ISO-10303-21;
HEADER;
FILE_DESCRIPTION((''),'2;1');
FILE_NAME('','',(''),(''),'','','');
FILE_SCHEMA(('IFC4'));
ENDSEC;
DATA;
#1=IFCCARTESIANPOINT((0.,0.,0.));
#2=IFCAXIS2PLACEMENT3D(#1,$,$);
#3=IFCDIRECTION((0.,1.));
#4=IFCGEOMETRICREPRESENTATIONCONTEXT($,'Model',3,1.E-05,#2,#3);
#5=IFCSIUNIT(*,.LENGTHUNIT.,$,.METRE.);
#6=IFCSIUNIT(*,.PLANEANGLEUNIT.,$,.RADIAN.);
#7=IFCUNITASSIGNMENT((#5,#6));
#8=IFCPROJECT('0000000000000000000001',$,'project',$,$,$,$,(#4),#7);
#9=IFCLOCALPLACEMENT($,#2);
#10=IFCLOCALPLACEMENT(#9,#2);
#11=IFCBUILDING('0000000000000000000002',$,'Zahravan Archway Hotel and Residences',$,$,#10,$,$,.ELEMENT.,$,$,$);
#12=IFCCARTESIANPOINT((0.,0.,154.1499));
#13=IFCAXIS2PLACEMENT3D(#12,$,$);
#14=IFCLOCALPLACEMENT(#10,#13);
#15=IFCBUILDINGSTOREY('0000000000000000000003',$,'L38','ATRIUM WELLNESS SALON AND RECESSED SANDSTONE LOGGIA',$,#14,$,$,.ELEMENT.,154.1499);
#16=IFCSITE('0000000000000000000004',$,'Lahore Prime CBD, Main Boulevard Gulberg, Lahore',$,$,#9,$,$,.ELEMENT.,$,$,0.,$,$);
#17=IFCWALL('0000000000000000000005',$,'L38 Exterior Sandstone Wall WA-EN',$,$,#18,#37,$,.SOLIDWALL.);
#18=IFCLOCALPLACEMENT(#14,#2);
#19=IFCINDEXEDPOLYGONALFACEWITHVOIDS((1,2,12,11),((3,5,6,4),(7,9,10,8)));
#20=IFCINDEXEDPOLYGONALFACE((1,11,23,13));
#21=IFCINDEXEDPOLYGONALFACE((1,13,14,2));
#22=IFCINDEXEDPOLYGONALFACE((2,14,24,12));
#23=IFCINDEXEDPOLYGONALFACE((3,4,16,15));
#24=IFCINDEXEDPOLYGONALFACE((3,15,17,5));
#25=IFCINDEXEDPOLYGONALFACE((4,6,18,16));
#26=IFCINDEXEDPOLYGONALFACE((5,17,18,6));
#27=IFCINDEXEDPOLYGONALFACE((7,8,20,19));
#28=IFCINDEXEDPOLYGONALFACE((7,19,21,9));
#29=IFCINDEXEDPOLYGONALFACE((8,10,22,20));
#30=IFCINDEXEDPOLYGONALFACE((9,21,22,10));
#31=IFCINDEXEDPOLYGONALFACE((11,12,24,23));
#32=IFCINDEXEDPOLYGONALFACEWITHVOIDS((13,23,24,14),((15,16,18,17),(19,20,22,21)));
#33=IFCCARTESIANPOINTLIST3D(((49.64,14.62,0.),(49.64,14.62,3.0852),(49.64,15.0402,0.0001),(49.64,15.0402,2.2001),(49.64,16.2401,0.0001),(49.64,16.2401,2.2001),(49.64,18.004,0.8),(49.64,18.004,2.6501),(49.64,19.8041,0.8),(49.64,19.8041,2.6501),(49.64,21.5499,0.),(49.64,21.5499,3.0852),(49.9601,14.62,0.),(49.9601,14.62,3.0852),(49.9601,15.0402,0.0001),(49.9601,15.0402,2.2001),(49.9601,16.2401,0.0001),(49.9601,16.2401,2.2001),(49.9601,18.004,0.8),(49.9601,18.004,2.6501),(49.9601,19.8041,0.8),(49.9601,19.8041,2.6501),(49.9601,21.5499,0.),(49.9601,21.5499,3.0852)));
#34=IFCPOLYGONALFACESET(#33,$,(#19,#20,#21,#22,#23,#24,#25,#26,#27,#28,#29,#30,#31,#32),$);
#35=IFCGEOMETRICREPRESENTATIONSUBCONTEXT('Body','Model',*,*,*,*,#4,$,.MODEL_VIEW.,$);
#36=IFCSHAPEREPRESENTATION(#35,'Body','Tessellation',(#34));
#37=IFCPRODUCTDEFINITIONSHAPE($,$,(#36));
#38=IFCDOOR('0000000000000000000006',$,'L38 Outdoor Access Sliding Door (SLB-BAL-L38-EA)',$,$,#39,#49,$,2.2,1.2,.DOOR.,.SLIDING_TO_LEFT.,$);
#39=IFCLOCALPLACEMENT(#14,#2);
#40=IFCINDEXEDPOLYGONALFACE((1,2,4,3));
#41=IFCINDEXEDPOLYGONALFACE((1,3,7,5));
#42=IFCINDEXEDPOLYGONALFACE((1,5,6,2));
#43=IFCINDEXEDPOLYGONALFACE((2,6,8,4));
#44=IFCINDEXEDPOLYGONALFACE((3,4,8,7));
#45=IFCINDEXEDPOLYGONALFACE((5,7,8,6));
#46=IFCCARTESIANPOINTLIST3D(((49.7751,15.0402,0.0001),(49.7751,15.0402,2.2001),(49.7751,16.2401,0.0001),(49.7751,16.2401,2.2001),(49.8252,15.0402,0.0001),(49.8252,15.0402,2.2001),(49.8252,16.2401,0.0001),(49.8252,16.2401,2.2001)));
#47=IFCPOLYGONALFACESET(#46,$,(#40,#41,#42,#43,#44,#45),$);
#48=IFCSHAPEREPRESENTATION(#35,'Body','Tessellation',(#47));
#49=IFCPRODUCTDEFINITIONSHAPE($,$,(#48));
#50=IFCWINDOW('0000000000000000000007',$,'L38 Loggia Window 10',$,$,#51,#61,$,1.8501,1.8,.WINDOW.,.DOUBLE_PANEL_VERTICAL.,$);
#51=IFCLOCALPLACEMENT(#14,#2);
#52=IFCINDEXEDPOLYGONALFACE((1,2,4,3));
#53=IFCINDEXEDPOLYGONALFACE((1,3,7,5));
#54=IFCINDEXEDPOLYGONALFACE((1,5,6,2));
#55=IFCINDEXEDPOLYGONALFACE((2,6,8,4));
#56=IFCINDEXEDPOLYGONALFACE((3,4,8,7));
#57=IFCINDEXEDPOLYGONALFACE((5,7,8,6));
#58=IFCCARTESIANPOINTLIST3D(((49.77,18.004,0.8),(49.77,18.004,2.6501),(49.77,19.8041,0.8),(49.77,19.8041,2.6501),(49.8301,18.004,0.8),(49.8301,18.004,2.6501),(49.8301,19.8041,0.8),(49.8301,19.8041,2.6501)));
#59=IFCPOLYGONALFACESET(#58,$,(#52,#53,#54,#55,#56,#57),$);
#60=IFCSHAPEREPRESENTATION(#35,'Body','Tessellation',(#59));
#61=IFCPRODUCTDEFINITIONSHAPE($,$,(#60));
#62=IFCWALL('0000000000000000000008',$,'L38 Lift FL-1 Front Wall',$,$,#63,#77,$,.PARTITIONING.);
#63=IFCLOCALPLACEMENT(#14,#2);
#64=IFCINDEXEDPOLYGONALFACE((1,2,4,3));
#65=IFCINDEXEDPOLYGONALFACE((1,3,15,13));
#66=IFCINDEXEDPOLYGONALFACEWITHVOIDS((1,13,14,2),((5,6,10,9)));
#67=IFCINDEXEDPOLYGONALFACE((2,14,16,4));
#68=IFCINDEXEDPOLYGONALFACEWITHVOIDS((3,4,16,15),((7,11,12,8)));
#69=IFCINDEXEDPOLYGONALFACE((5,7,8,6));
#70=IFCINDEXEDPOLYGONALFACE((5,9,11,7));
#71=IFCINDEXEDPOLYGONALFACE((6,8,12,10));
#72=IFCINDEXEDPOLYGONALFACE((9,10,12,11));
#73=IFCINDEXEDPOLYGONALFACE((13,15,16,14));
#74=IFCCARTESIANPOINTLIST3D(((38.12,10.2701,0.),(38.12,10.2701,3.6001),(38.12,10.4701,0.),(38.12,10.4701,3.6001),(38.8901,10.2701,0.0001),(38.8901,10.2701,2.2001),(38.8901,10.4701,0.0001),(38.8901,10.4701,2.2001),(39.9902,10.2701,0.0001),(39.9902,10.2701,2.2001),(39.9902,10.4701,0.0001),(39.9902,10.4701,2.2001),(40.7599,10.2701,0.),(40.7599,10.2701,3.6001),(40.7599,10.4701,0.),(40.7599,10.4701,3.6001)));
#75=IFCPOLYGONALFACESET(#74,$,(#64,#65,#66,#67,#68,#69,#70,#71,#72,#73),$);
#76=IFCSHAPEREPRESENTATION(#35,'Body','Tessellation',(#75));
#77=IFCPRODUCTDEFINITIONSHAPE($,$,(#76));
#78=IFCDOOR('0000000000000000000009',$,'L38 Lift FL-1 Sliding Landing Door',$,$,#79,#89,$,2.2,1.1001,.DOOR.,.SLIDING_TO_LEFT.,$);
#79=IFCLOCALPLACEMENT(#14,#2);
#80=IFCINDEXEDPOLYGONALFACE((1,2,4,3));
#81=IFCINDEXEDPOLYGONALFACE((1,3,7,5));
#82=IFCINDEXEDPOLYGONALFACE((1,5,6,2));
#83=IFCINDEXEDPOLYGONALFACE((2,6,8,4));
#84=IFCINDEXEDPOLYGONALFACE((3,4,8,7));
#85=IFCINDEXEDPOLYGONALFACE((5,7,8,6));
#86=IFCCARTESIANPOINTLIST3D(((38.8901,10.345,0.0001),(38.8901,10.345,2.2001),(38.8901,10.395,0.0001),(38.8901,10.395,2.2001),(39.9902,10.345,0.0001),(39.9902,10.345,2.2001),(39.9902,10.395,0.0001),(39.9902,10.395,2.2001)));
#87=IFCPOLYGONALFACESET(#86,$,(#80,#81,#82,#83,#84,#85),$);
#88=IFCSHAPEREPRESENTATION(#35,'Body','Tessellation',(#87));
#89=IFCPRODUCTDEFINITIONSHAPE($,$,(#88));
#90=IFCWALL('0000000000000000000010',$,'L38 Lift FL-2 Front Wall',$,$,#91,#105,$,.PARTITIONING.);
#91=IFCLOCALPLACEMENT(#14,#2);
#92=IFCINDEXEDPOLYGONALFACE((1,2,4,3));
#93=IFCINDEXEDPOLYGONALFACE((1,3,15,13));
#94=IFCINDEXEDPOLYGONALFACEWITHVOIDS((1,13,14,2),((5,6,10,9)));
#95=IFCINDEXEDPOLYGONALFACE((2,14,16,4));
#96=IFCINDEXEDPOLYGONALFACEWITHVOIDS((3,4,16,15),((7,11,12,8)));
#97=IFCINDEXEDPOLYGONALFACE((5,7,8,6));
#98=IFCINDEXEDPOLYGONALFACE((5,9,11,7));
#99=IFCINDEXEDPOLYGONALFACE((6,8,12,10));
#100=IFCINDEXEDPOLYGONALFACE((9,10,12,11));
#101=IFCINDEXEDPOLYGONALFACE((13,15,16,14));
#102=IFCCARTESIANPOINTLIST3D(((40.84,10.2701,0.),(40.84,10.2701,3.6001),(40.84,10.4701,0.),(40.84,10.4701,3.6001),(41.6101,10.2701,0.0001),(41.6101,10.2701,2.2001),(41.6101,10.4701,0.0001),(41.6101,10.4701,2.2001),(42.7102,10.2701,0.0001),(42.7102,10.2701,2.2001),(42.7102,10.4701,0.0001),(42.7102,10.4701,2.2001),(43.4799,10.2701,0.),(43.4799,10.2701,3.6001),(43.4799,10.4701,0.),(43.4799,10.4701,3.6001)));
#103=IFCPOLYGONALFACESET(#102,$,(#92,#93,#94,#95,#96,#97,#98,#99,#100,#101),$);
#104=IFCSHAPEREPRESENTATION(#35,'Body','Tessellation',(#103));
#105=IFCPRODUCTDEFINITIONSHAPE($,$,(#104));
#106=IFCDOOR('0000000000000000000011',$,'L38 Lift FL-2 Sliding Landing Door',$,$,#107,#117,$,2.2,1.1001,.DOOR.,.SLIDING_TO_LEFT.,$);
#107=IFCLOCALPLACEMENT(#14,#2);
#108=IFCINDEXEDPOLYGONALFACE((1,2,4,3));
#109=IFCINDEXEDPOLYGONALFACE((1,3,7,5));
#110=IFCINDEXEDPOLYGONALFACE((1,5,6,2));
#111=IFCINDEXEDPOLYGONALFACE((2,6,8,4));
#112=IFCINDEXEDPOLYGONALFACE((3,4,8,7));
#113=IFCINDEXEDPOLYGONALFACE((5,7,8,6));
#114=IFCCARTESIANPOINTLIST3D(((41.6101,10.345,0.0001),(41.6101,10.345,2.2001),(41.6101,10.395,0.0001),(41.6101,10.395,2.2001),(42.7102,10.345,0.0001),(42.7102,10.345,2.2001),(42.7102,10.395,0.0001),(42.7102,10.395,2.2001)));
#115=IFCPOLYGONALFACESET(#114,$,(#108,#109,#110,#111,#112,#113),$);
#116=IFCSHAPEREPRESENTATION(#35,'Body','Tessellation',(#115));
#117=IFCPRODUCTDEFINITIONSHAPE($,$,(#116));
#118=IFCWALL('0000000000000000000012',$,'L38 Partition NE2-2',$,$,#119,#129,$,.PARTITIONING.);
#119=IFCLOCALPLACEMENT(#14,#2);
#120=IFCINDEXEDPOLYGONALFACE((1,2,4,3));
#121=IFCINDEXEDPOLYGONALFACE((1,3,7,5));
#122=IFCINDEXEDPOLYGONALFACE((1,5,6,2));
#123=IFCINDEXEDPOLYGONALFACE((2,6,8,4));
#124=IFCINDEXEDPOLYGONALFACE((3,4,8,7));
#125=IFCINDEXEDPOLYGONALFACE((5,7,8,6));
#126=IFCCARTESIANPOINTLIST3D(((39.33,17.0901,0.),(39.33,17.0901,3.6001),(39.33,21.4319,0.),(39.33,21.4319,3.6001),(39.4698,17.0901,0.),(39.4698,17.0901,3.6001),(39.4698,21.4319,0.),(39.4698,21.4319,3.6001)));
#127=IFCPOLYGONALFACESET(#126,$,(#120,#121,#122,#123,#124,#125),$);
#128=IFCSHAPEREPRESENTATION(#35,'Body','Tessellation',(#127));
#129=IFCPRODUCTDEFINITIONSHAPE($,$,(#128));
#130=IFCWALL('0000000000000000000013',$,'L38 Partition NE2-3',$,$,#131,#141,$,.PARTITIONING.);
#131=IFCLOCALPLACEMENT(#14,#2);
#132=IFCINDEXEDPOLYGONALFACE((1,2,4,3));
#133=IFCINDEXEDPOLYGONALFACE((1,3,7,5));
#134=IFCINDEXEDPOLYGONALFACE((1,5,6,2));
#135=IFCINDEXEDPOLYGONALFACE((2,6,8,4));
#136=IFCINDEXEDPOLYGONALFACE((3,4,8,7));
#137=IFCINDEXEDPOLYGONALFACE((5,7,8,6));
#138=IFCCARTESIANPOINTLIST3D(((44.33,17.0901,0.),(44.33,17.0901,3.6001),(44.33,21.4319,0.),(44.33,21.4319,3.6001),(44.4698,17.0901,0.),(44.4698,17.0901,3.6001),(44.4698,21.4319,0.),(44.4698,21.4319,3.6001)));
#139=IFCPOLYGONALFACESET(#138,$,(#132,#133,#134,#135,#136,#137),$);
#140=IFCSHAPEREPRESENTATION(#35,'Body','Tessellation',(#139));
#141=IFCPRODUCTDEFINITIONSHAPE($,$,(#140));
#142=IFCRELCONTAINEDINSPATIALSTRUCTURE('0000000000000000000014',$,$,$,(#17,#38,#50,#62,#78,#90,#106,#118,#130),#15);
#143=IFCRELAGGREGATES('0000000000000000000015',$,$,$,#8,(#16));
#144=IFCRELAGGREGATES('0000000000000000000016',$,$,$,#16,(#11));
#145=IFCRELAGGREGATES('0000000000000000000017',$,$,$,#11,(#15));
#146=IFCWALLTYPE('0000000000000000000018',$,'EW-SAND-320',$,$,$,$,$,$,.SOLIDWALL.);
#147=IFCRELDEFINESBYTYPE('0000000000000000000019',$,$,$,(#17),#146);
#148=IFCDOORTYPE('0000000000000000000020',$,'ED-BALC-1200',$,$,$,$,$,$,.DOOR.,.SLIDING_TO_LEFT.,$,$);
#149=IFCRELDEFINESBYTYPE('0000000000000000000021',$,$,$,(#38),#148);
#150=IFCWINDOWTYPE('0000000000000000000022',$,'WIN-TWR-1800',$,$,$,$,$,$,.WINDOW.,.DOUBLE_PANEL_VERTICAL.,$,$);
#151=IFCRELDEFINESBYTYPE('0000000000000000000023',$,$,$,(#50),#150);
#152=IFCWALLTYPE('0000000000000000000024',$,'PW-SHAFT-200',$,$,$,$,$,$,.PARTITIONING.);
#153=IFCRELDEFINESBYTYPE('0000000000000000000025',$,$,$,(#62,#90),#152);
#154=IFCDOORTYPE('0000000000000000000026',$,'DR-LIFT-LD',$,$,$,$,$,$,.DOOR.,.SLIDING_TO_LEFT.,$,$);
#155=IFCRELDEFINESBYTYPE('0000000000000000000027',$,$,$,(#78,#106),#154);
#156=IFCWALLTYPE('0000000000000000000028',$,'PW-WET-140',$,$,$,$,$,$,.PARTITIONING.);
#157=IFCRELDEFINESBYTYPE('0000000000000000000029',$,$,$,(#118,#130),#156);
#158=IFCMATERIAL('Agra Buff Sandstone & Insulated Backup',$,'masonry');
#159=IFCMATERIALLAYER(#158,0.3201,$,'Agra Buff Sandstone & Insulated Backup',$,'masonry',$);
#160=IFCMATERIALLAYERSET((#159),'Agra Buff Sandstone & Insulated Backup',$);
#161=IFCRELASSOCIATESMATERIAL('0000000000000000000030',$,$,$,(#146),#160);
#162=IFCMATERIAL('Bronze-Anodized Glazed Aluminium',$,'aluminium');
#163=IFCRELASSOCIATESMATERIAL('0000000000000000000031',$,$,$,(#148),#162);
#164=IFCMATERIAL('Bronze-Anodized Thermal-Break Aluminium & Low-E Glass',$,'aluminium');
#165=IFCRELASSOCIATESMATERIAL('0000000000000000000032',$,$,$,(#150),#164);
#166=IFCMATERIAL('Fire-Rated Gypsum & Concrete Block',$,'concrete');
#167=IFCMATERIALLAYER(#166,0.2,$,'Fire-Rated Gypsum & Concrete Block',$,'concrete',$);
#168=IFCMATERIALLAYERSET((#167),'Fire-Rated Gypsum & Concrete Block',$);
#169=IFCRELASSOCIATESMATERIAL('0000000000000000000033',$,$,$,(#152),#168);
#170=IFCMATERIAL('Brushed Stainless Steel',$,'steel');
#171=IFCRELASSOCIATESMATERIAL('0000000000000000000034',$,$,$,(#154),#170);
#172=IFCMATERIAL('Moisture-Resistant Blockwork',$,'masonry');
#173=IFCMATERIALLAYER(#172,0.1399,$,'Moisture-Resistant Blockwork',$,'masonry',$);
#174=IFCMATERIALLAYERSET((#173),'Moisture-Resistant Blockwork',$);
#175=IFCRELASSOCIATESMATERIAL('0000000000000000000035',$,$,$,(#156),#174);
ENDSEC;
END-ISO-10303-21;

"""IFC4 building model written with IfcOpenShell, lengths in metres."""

from ifc_helpers import new_model, si_unit, direction, frame, frame_2d, origin, place, context, subcontext, project, spatial, rectangle, extrude, source, transform, mapped, material, layer, layer_set, type_object, type_shapes, element, fill, save


model = new_model("IFC4")

# Units and contexts
model_context = context("Model", 3, precision=1e-05, world=origin(), true_north=direction((0.0, 1.0)))
body_context = subcontext(model_context, "Body", "Model", "MODEL_VIEW")
ifc_project = project(units=[si_unit("LENGTHUNIT", "METRE"), si_unit("PLANEANGLEUNIT", "RADIAN")], contexts=[model_context])

# Site, building, storey
site_placement = place(None, origin())
site = spatial("IfcSite", under=ifc_project, at=site_placement, Name="Lahore Prime CBD, Main Boulevard Gulberg, Lahore", CompositionType="ELEMENT", RefElevation=0.0)
building_placement = place(site_placement, origin())
building = spatial("IfcBuilding", under=site, at=building_placement, Name="Zahravan Archway Hotel and Residences", CompositionType="ELEMENT")
storey_placement = place(building_placement, frame((0.0, 0.0, 154.1499)))
storey = spatial("IfcBuildingStorey", under=building, at=storey_placement, Name="L38", Description="ATRIUM WELLNESS SALON AND RECESSED SANDSTONE LOGGIA", CompositionType="ELEMENT", Elevation=154.1499)

# Wall, openings, door, window
ifc_material_1 = material(Name="Agra Buff Sandstone & Insulated Backup", Category="masonry")
ifc_layer_1 = layer(ifc_material_1, 0.3201, Name="Agra Buff Sandstone & Insulated Backup", Category="masonry")
ifc_layer_set_1 = layer_set([ifc_layer_1], Name="Agra Buff Sandstone & Insulated Backup")
wall_type_1 = type_object("IfcWallType", Name="EW-SAND-320", PredefinedType="SOLIDWALL", material=ifc_layer_set_1)
wall_1_placement = place(storey_placement, frame((49.8, 14.6201, 0.0), z_axis=(0.0, 0.0, 1.0), x_axis=(0.0, 1.0, 0.0)))
wall_1 = element("IfcWall", 1, at=wall_1_placement, inside=storey, type_object=wall_type_1, Name="L38 Exterior Sandstone Wall WA-EN", PredefinedType="SOLIDWALL", context=body_context, shape_type="SweptSolid", body=[
    extrude(rectangle(XDim=6.9299, YDim=0.3201, at=frame_2d((3.4648, 0.0))), origin(), (0.0, 0.0, 1.0), 3.0852),
])
opening_1_placement = place(wall_1_placement, frame((0.4199, 0.0, 0.0)))
opening_1 = element("IfcOpeningElement", 2, at=opening_1_placement, cuts=wall_1, PredefinedType="OPENING", context=body_context, shape_type="SweptSolid", body=[
    extrude(rectangle(XDim=1.2, YDim=2.2, at=frame_2d((0.6001, 1.1001))), frame((0.0, 0.1699, 0.0), z_axis=(0.0, -1.0, 0.0), x_axis=(1.0, 0.0, 0.0)), (0.0, 0.0, 1.0), 0.3401),
])
opening_2_placement = place(wall_1_placement, frame((3.384, 0.0, 0.8)))
opening_2 = element("IfcOpeningElement", 3, at=opening_2_placement, cuts=wall_1, PredefinedType="OPENING", context=body_context, shape_type="SweptSolid", body=[
    extrude(rectangle(XDim=1.8, YDim=1.8501, at=frame_2d((0.8999, 0.925))), frame((0.0, 0.1699, 0.0), z_axis=(0.0, -1.0, 0.0), x_axis=(1.0, 0.0, 0.0)), (0.0, 0.0, 1.0), 0.3401),
])
ifc_material_2 = material(Name="Bronze-Anodized Glazed Aluminium", Category="aluminium")
door_type_1 = type_object("IfcDoorType", Name="ED-BALC-1200", OperationType="SLIDING_TO_LEFT", PredefinedType="DOOR", material=ifc_material_2)
shared_shape_1 = source(origin(), body_context, "Body", "SweptSolid", [
    extrude(rectangle(XDim=1.2, YDim=2.2, at=frame_2d((0.6001, 1.1001))), frame((0.0, 0.0249, 0.0), z_axis=(0.0, -1.0, 0.0), x_axis=(1.0, 0.0, 0.0)), (0.0, 0.0, 1.0), 0.05),
])
type_shapes(door_type_1, [shared_shape_1])
door_1_placement = place(opening_1_placement, origin())
door_1 = element("IfcDoor", 4, at=door_1_placement, inside=storey, type_object=door_type_1, Name="L38 Outdoor Access Sliding Door (SLB-BAL-L38-EA)", OperationType="SLIDING_TO_LEFT", OverallHeight=2.2, OverallWidth=1.2, PredefinedType="DOOR", context=body_context, shape_type="MappedRepresentation", body=[
    mapped(shared_shape_1, transform((0.0, 0.0, 0.0), scale=1.0)),
])
fill(opening_1, door_1)
ifc_material_3 = material(Name="Bronze-Anodized Thermal-Break Aluminium & Low-E Glass", Category="aluminium")
window_type = type_object("IfcWindowType", Name="WIN-TWR-1800", PartitioningType="DOUBLE_PANEL_VERTICAL", PredefinedType="WINDOW", material=ifc_material_3)
shared_shape_2 = source(origin(), body_context, "Body", "SweptSolid", [
    extrude(rectangle(XDim=1.8, YDim=1.8501, at=frame_2d((0.8999, 0.925))), frame((0.0, 0.03, 0.0), z_axis=(0.0, -1.0, 0.0), x_axis=(1.0, 0.0, 0.0)), (0.0, 0.0, 1.0), 0.0601),
])
type_shapes(window_type, [shared_shape_2])
window_placement = place(opening_2_placement, origin())
window = element("IfcWindow", 5, at=window_placement, inside=storey, type_object=window_type, Name="L38 Loggia Window 10", OverallHeight=1.8501, OverallWidth=1.8, PartitioningType="DOUBLE_PANEL_VERTICAL", PredefinedType="WINDOW", context=body_context, shape_type="MappedRepresentation", body=[
    mapped(shared_shape_2, transform((0.0, 0.0, 0.0), scale=1.0)),
])
fill(opening_2, window)

# Walls, openings, doors
ifc_material_4 = material(Name="Fire-Rated Gypsum & Concrete Block", Category="concrete")
ifc_layer_2 = layer(ifc_material_4, 0.2, Name="Fire-Rated Gypsum & Concrete Block", Category="concrete")
ifc_layer_set_2 = layer_set([ifc_layer_2], Name="Fire-Rated Gypsum & Concrete Block")
wall_type_2 = type_object("IfcWallType", Name="PW-SHAFT-200", PredefinedType="PARTITIONING", material=ifc_layer_set_2)
wall_2_placement = place(storey_placement, frame((38.1201, 10.3701, 0.0), z_axis=(0.0, 0.0, 1.0), x_axis=(1.0, 0.0, 0.0)))
wall_2 = element("IfcWall", 6, at=wall_2_placement, inside=storey, type_object=wall_type_2, Name="L38 Lift FL-1 Front Wall", PredefinedType="PARTITIONING", context=body_context, shape_type="SweptSolid", body=[
    extrude(rectangle(XDim=2.6399, YDim=0.2, at=frame_2d((1.3198, 0.0))), origin(), (0.0, 0.0, 1.0), 3.6001),
])
opening_3_placement = place(wall_2_placement, frame((0.77, 0.0, 0.0)))
opening_3 = element("IfcOpeningElement", 7, at=opening_3_placement, cuts=wall_2, PredefinedType="OPENING", context=body_context, shape_type="SweptSolid", body=[
    extrude(rectangle(XDim=1.1001, YDim=2.2, at=frame_2d((0.55, 1.1001))), frame((0.0, 0.1099, 0.0), z_axis=(0.0, -1.0, 0.0), x_axis=(1.0, 0.0, 0.0)), (0.0, 0.0, 1.0), 0.22),
])
ifc_material_5 = material(Name="Brushed Stainless Steel", Category="steel")
door_type_2 = type_object("IfcDoorType", Name="DR-LIFT-LD", OperationType="SLIDING_TO_LEFT", PredefinedType="DOOR", material=ifc_material_5)
shared_shape_3 = source(origin(), body_context, "Body", "SweptSolid", [
    extrude(rectangle(XDim=1.1001, YDim=2.2, at=frame_2d((0.55, 1.1001))), frame((0.0, 0.0249, 0.0), z_axis=(0.0, -1.0, 0.0), x_axis=(1.0, 0.0, 0.0)), (0.0, 0.0, 1.0), 0.05),
])
type_shapes(door_type_2, [shared_shape_3])
door_2_placement = place(opening_3_placement, origin())
door_2 = element("IfcDoor", 8, at=door_2_placement, inside=storey, type_object=door_type_2, Name="L38 Lift FL-1 Sliding Landing Door", OperationType="SLIDING_TO_LEFT", OverallHeight=2.2, OverallWidth=1.1001, PredefinedType="DOOR", context=body_context, shape_type="MappedRepresentation", body=[
    mapped(shared_shape_3, transform((0.0, 0.0, 0.0), scale=1.0)),
])
fill(opening_3, door_2)
wall_3_placement = place(storey_placement, frame((40.8401, 10.3701, 0.0), z_axis=(0.0, 0.0, 1.0), x_axis=(1.0, 0.0, 0.0)))
wall_3 = element("IfcWall", 9, at=wall_3_placement, inside=storey, type_object=wall_type_2, Name="L38 Lift FL-2 Front Wall", PredefinedType="PARTITIONING", context=body_context, shape_type="SweptSolid", body=[
    extrude(rectangle(XDim=2.6399, YDim=0.2, at=frame_2d((1.3198, 0.0))), origin(), (0.0, 0.0, 1.0), 3.6001),
])
opening_4_placement = place(wall_3_placement, frame((0.77, 0.0, 0.0)))
opening_4 = element("IfcOpeningElement", 10, at=opening_4_placement, cuts=wall_3, PredefinedType="OPENING", context=body_context, shape_type="SweptSolid", body=[
    extrude(rectangle(XDim=1.1001, YDim=2.2, at=frame_2d((0.55, 1.1001))), frame((0.0, 0.1099, 0.0), z_axis=(0.0, -1.0, 0.0), x_axis=(1.0, 0.0, 0.0)), (0.0, 0.0, 1.0), 0.22),
])
door_3_placement = place(opening_4_placement, origin())
door_3 = element("IfcDoor", 11, at=door_3_placement, inside=storey, type_object=door_type_2, Name="L38 Lift FL-2 Sliding Landing Door", OperationType="SLIDING_TO_LEFT", OverallHeight=2.2, OverallWidth=1.1001, PredefinedType="DOOR", context=body_context, shape_type="MappedRepresentation", body=[
    mapped(shared_shape_3, transform((0.0, 0.0, 0.0), scale=1.0)),
])
fill(opening_4, door_3)

# Walls
ifc_material_6 = material(Name="Moisture-Resistant Blockwork", Category="masonry")
ifc_layer_3 = layer(ifc_material_6, 0.1399, Name="Moisture-Resistant Blockwork", Category="masonry")
ifc_layer_set_3 = layer_set([ifc_layer_3], Name="Moisture-Resistant Blockwork")
wall_type_3 = type_object("IfcWallType", Name="PW-WET-140", PredefinedType="PARTITIONING", material=ifc_layer_set_3)
for number, where, z_axis, x_axis, name in (
    (12, (39.3999, 17.0901, 0.0), (0.0, 0.0, 1.0), (0.0, 1.0, 0.0), "L38 Partition NE2-2"),
    (13, (44.3999, 17.0901, 0.0), (0.0, 0.0, 1.0), (0.0, 1.0, 0.0), "L38 Partition NE2-3"),
):
    element("IfcWall", number, at=place(storey_placement, frame(where, z_axis=z_axis, x_axis=x_axis)), inside=storey, type_object=wall_type_3, Name=name, PredefinedType="PARTITIONING", context=body_context, shape_type="SweptSolid", body=[
        extrude(rectangle(XDim=4.3418, YDim=0.1399, at=frame_2d((2.1709, 0.0))), origin(), (0.0, 0.0, 1.0), 3.6001),
    ])

save(model, "model.ifc")
